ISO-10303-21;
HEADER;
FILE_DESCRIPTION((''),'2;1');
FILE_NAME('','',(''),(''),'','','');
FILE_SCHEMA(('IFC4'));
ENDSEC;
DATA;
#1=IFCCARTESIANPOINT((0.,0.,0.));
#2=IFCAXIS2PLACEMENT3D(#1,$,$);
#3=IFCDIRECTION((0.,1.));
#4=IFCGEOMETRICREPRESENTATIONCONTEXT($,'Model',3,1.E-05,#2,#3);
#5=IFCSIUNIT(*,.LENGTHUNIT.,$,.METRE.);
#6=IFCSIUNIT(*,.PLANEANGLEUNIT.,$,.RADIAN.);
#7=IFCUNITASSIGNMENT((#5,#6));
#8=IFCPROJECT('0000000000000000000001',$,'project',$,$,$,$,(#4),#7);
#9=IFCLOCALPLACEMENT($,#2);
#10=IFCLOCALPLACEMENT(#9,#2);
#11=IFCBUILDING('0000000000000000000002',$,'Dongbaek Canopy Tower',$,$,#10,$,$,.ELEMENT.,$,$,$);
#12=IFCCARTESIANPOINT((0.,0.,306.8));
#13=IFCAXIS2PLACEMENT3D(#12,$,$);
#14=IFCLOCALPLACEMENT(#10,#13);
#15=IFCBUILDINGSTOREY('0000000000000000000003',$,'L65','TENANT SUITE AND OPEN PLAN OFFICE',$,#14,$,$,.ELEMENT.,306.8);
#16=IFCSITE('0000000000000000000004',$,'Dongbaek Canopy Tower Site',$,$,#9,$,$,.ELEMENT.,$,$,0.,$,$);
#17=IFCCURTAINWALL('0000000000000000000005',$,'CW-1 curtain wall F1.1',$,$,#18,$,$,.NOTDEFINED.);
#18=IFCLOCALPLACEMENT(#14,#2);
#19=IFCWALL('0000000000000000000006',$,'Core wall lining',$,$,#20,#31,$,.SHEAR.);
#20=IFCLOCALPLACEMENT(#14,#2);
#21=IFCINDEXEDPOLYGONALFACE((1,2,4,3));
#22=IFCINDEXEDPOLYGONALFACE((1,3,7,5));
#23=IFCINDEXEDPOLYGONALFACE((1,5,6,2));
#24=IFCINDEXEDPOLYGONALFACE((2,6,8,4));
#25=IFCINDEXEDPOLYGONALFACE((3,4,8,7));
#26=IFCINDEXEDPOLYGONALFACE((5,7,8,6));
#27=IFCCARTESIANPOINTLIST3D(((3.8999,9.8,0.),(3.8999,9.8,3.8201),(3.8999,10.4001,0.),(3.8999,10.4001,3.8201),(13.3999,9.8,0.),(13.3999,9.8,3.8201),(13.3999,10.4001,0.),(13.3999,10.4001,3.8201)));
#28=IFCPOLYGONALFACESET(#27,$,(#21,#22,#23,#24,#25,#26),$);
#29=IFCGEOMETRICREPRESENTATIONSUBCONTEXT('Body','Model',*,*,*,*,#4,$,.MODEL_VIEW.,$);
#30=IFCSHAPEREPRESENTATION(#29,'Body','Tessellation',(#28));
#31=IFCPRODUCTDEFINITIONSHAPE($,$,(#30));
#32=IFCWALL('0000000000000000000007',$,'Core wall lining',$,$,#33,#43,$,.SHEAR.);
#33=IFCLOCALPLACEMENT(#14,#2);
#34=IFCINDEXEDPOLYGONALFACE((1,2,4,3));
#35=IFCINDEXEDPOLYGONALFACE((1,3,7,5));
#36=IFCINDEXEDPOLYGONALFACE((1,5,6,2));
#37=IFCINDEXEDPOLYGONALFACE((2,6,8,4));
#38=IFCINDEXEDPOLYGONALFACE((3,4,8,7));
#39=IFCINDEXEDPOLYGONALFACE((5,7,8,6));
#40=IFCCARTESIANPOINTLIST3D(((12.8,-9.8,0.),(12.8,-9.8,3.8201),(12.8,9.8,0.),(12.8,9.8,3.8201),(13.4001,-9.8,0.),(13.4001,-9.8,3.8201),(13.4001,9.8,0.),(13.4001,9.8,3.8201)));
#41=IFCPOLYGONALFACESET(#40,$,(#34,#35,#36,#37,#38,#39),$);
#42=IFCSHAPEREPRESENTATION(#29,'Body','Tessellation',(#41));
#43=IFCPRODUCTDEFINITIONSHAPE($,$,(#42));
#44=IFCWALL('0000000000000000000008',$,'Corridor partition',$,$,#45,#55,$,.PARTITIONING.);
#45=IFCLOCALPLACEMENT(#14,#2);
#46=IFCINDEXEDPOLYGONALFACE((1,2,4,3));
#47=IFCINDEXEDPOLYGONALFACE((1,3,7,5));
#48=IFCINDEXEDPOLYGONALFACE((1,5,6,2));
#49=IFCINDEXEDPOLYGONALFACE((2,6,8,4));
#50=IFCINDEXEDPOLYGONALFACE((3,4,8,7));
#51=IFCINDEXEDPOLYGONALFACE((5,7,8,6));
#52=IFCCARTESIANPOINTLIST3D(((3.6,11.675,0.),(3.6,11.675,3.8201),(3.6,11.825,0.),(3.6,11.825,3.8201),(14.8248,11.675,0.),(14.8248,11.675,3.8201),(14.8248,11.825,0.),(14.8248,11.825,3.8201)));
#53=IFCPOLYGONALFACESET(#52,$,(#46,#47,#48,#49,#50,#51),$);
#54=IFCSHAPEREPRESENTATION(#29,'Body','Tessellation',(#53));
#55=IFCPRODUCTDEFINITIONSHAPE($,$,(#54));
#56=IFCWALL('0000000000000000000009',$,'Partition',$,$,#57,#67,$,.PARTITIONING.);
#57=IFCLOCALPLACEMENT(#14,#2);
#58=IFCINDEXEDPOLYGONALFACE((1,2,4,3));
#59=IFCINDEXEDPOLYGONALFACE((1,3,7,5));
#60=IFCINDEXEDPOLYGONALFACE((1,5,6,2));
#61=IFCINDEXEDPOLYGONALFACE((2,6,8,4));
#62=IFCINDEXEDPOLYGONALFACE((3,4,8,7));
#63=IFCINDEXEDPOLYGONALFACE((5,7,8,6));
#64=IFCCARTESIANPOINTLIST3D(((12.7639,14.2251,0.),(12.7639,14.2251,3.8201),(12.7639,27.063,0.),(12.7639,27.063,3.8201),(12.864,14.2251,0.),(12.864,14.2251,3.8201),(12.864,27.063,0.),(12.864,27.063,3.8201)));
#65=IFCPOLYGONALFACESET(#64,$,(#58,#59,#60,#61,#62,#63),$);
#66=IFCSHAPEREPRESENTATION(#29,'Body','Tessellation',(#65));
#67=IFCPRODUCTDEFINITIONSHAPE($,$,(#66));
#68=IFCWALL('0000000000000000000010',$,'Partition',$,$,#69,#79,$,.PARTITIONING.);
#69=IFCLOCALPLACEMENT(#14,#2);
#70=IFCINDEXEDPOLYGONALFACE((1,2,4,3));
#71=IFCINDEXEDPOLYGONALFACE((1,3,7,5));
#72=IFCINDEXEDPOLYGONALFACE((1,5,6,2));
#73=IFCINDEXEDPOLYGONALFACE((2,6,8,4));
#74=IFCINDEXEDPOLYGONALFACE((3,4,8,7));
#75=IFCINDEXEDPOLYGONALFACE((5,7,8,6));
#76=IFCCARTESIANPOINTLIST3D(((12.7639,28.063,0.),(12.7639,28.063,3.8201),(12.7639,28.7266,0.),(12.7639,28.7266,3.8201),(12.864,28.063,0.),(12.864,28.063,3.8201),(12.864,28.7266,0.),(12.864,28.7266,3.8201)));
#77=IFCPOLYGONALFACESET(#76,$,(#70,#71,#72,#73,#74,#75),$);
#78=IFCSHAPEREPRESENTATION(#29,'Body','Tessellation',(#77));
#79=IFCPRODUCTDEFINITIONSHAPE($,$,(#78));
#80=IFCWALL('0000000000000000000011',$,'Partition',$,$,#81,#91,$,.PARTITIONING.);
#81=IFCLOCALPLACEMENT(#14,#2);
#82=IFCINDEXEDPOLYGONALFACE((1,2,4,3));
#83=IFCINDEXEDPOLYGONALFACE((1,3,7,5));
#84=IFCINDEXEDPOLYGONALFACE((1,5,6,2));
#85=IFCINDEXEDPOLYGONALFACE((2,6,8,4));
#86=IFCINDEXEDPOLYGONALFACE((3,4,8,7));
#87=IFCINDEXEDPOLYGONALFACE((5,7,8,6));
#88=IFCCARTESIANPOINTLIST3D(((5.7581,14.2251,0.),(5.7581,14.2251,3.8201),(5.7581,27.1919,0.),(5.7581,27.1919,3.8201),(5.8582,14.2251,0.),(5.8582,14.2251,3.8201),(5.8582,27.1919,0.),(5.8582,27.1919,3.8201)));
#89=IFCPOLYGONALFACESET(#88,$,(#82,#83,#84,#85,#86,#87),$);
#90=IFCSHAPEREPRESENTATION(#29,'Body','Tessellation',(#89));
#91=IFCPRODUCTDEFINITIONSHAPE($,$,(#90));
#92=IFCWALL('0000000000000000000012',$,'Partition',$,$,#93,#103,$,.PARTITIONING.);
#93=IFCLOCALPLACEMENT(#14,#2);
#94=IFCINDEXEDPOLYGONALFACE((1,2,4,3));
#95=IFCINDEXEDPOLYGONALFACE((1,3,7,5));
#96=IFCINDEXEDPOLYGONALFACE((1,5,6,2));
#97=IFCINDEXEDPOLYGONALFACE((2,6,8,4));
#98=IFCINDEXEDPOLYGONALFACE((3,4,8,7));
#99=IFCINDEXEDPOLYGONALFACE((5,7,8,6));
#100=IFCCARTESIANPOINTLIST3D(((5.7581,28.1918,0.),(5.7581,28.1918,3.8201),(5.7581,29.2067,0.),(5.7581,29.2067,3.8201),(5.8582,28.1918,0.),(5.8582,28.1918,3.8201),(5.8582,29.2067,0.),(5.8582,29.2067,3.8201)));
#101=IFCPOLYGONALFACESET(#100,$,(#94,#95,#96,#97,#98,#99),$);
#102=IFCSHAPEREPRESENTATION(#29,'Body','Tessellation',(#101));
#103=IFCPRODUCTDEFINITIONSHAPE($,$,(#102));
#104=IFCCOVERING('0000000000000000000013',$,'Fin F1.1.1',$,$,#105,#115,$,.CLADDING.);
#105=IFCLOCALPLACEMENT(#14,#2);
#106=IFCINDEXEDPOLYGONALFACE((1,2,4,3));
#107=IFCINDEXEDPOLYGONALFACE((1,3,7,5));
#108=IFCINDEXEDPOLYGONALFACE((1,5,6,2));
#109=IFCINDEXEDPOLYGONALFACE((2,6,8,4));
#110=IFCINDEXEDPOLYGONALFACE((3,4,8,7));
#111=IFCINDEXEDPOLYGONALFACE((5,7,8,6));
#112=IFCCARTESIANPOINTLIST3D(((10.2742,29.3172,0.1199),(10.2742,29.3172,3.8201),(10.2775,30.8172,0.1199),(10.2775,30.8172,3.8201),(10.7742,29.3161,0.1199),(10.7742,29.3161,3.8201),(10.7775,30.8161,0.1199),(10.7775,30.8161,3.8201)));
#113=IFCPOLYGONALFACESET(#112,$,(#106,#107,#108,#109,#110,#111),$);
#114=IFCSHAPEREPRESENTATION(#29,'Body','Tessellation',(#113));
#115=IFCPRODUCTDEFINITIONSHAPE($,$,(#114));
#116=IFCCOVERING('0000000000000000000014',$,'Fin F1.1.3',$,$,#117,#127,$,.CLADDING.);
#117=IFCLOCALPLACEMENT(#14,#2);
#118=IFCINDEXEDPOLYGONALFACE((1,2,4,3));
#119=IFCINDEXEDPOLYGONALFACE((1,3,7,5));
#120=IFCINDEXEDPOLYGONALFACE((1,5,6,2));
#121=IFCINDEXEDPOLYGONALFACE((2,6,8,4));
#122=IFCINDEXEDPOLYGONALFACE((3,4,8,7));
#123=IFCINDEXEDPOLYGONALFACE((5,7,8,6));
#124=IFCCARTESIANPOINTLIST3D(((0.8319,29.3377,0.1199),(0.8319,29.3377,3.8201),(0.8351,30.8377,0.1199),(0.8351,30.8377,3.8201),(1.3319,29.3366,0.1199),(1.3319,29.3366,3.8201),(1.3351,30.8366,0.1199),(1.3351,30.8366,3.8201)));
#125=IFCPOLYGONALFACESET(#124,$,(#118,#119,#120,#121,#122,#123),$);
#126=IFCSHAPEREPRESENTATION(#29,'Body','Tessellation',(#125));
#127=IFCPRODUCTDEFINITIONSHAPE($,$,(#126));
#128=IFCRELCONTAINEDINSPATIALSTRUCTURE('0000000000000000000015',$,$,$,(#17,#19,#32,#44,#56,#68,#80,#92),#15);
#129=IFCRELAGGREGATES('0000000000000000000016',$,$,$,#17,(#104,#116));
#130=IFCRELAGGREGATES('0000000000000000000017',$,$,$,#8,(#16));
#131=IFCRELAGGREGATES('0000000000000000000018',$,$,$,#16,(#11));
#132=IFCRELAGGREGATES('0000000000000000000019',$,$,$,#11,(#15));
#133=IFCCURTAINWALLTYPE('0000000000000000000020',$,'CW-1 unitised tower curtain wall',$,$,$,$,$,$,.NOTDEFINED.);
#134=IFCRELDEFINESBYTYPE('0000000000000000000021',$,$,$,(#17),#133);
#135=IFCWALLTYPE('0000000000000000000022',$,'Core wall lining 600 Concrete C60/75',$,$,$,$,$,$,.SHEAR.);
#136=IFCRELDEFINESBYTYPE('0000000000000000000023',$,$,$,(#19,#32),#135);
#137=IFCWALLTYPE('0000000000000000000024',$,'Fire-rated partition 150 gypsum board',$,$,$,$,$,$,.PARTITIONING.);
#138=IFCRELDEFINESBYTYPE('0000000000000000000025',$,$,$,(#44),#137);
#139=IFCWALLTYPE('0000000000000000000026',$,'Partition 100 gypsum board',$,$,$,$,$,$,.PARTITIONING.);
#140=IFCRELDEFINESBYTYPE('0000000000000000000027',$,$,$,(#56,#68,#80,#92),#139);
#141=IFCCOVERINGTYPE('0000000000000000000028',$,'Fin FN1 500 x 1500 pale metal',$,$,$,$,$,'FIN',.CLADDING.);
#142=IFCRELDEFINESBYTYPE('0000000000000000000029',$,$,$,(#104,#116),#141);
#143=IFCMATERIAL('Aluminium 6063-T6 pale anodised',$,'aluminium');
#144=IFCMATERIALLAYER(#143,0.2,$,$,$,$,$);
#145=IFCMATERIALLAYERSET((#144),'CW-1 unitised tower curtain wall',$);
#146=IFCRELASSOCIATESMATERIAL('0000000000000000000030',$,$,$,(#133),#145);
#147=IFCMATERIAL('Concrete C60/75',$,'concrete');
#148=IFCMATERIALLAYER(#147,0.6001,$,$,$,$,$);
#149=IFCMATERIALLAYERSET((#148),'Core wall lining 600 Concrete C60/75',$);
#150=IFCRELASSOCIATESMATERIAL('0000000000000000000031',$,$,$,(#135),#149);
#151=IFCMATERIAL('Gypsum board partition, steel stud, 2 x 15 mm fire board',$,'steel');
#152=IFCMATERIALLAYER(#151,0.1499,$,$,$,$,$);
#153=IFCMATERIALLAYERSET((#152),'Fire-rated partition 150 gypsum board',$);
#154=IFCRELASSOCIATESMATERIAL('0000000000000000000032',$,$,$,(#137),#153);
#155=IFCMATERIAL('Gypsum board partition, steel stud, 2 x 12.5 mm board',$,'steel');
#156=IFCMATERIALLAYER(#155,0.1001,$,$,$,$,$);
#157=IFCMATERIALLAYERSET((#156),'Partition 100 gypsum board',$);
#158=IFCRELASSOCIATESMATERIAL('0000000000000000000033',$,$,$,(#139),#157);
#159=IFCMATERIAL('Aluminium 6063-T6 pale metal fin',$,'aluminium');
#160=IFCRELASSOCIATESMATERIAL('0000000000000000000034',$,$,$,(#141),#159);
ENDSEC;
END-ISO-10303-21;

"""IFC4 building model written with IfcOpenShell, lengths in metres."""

from ifc_helpers import new_model, si_unit, direction, frame, frame_2d, origin, origin_2d, place, context, subcontext, project, spatial, rectangle, extrude, material, layer, layer_set, material_profile, profile_set, type_object, element, aggregate, save


model = new_model("IFC4")

# Units and contexts
model_context = context("Model", 3, precision=1e-05, world=origin(), true_north=direction((0.0, 1.0)))
body_context = subcontext(model_context, "Body", "Model", "MODEL_VIEW")
ifc_project = project(units=[si_unit("LENGTHUNIT", "METRE"), si_unit("PLANEANGLEUNIT", "RADIAN")], contexts=[model_context])

# Site, building, storey
site_placement = place(None, origin())
site = spatial("IfcSite", under=ifc_project, at=site_placement, Name="Dongbaek Canopy Tower Site", CompositionType="ELEMENT", RefElevation=0.0)
building_placement = place(site_placement, origin())
building = spatial("IfcBuilding", under=site, at=building_placement, Name="Dongbaek Canopy Tower", CompositionType="ELEMENT")
storey_placement = place(building_placement, frame((0.0, 0.0, 306.8)))
storey = spatial("IfcBuildingStorey", under=building, at=storey_placement, Name="L65", Description="TENANT SUITE AND OPEN PLAN OFFICE", CompositionType="ELEMENT", Elevation=306.8)

# Curtain wall
ifc_material_1 = material(Name="Aluminium 6063-T6 pale anodised", Category="aluminium")
ifc_layer_1 = layer(ifc_material_1, 0.2)
ifc_layer_set_1 = layer_set([ifc_layer_1], Name="CW-1 unitised tower curtain wall")
curtain_wall_type = type_object("IfcCurtainWallType", Name="CW-1 unitised tower curtain wall", PredefinedType="NOTDEFINED", material=ifc_layer_set_1)
curtain_wall_1_placement = place(storey_placement, origin())
curtain_wall_1 = element("IfcCurtainWall", 1, at=curtain_wall_1_placement, inside=storey, type_object=curtain_wall_type, Name="CW-1 curtain wall F1.1", PredefinedType="NOTDEFINED")

# Walls
ifc_material_2 = material(Name="Concrete C60/75", Category="concrete")
ifc_layer_2 = layer(ifc_material_2, 0.6001)
ifc_layer_set_2 = layer_set([ifc_layer_2], Name="Core wall lining 600 Concrete C60/75")
wall_type_1 = type_object("IfcWallType", Name="Core wall lining 600 Concrete C60/75", PredefinedType="SHEAR", material=ifc_layer_set_2)
wall_1_placement = place(storey_placement, frame((3.8999, 10.1001, 0.0), z_axis=(0.0, 0.0, 1.0), x_axis=(1.0, 0.0, 0.0)))
element("IfcWall", 2, at=wall_1_placement, inside=storey, type_object=wall_type_1, Name="Core wall lining", PredefinedType="SHEAR", context=body_context, shape_type="SweptSolid", body=[
    extrude(rectangle(XDim=9.5, YDim=0.6001, at=frame_2d((4.75, 0.0))), origin(), (0.0, 0.0, 1.0), 3.8201),
])
wall_2_placement = place(storey_placement, frame((13.1001, 9.8, 0.0), z_axis=(0.0, 0.0, 1.0), x_axis=(0.0, -1.0, 0.0)))
element("IfcWall", 3, at=wall_2_placement, inside=storey, type_object=wall_type_1, Name="Core wall lining", PredefinedType="SHEAR", context=body_context, shape_type="SweptSolid", body=[
    extrude(rectangle(XDim=19.6001, YDim=0.6001, at=frame_2d((9.8, 0.0))), origin(), (0.0, 0.0, 1.0), 3.8201),
])
ifc_material_3 = material(Name="Gypsum board partition, steel stud, 2 x 15 mm fire board", Category="steel")
ifc_layer_3 = layer(ifc_material_3, 0.1499)
ifc_layer_set_3 = layer_set([ifc_layer_3], Name="Fire-rated partition 150 gypsum board")
wall_type_2 = type_object("IfcWallType", Name="Fire-rated partition 150 gypsum board", PredefinedType="PARTITIONING", material=ifc_layer_set_3)
wall_3_placement = place(storey_placement, frame((3.6001, 11.75, 0.0), z_axis=(0.0, 0.0, 1.0), x_axis=(1.0, 0.0, 0.0)))
element("IfcWall", 4, at=wall_3_placement, inside=storey, type_object=wall_type_2, Name="Corridor partition", PredefinedType="PARTITIONING", context=body_context, shape_type="SweptSolid", body=[
    extrude(rectangle(XDim=11.2249, YDim=0.1499, at=frame_2d((5.6123, 0.0))), origin(), (0.0, 0.0, 1.0), 3.8201),
])
ifc_material_4 = material(Name="Gypsum board partition, steel stud, 2 x 12.5 mm board", Category="steel")
ifc_layer_4 = layer(ifc_material_4, 0.1001)
ifc_layer_set_4 = layer_set([ifc_layer_4], Name="Partition 100 gypsum board")
wall_type_3 = type_object("IfcWallType", Name="Partition 100 gypsum board", PredefinedType="PARTITIONING", material=ifc_layer_set_4)
wall_4_placement = place(storey_placement, frame((12.814, 14.2251, 0.0), z_axis=(0.0, 0.0, 1.0), x_axis=(0.0, 1.0, 0.0)))
element("IfcWall", 5, at=wall_4_placement, inside=storey, type_object=wall_type_3, Name="Partition", PredefinedType="PARTITIONING", context=body_context, shape_type="SweptSolid", body=[
    extrude(rectangle(XDim=12.8379, YDim=0.1001, at=frame_2d((6.4189, 0.0))), origin(), (0.0, 0.0, 1.0), 3.8201),
])
wall_5_placement = place(storey_placement, frame((12.814, 28.063, 0.0), z_axis=(0.0, 0.0, 1.0), x_axis=(0.0, 1.0, 0.0)))
element("IfcWall", 6, at=wall_5_placement, inside=storey, type_object=wall_type_3, Name="Partition", PredefinedType="PARTITIONING", context=body_context, shape_type="SweptSolid", body=[
    extrude(rectangle(XDim=0.6636, YDim=0.1001, at=frame_2d((0.3318, 0.0))), origin(), (0.0, 0.0, 1.0), 3.8201),
])
wall_6_placement = place(storey_placement, frame((5.8081, 14.2251, 0.0), z_axis=(0.0, 0.0, 1.0), x_axis=(0.0, 1.0, 0.0)))
element("IfcWall", 7, at=wall_6_placement, inside=storey, type_object=wall_type_3, Name="Partition", PredefinedType="PARTITIONING", context=body_context, shape_type="SweptSolid", body=[
    extrude(rectangle(XDim=12.9668, YDim=0.1001, at=frame_2d((6.4834, 0.0))), origin(), (0.0, 0.0, 1.0), 3.8201),
])
wall_7_placement = place(storey_placement, frame((5.8081, 28.1919, 0.0), z_axis=(0.0, 0.0, 1.0), x_axis=(0.0, 1.0, 0.0)))
element("IfcWall", 8, at=wall_7_placement, inside=storey, type_object=wall_type_3, Name="Partition", PredefinedType="PARTITIONING", context=body_context, shape_type="SweptSolid", body=[
    extrude(rectangle(XDim=1.0149, YDim=0.1001, at=frame_2d((0.5073, 0.0))), origin(), (0.0, 0.0, 1.0), 3.8201),
])

# Coverings
ifc_material_5 = material(Name="Aluminium 6063-T6 pale metal fin", Category="aluminium")
ifc_material_profile_1 = material_profile(ifc_material_5, rectangle(XDim=1.5, YDim=0.5, at=origin_2d()), Name="Fin FN1 500 x 1500 pale metal")
ifc_profile_set_1 = profile_set([ifc_material_profile_1], Name="Aluminium 6063-T6 pale metal fin")
covering_type = type_object("IfcCoveringType", Name="Fin FN1 500 x 1500 pale metal", ElementType="FIN", PredefinedType="CLADDING", material=ifc_profile_set_1)
covering_1_placement = place(storey_placement, frame((10.5259, 30.0667, 0.1199), z_axis=(0.0, 0.0, 1.0), x_axis=(0.00218, 0.999998, 0.0)))
covering_1 = element("IfcCovering", 9, at=covering_1_placement, type_object=covering_type, Name="Fin F1.1.1", PredefinedType="CLADDING", context=body_context, shape_type="SweptSolid", body=[
    extrude(rectangle(XDim=1.5, YDim=0.5, at=origin_2d()), origin(), (0.0, 0.0, 1.0), 3.7002),
])
covering_2_placement = place(storey_placement, frame((1.0835, 30.0872, 0.1199), z_axis=(0.0, 0.0, 1.0), x_axis=(0.00218, 0.999998, 0.0)))
covering_2 = element("IfcCovering", 10, at=covering_2_placement, type_object=covering_type, Name="Fin F1.1.3", PredefinedType="CLADDING", context=body_context, shape_type="SweptSolid", body=[
    extrude(rectangle(XDim=1.5, YDim=0.5, at=origin_2d()), origin(), (0.0, 0.0, 1.0), 3.7002),
])
aggregate(curtain_wall_1, [covering_1, covering_2])

save(model, "model.ifc")
